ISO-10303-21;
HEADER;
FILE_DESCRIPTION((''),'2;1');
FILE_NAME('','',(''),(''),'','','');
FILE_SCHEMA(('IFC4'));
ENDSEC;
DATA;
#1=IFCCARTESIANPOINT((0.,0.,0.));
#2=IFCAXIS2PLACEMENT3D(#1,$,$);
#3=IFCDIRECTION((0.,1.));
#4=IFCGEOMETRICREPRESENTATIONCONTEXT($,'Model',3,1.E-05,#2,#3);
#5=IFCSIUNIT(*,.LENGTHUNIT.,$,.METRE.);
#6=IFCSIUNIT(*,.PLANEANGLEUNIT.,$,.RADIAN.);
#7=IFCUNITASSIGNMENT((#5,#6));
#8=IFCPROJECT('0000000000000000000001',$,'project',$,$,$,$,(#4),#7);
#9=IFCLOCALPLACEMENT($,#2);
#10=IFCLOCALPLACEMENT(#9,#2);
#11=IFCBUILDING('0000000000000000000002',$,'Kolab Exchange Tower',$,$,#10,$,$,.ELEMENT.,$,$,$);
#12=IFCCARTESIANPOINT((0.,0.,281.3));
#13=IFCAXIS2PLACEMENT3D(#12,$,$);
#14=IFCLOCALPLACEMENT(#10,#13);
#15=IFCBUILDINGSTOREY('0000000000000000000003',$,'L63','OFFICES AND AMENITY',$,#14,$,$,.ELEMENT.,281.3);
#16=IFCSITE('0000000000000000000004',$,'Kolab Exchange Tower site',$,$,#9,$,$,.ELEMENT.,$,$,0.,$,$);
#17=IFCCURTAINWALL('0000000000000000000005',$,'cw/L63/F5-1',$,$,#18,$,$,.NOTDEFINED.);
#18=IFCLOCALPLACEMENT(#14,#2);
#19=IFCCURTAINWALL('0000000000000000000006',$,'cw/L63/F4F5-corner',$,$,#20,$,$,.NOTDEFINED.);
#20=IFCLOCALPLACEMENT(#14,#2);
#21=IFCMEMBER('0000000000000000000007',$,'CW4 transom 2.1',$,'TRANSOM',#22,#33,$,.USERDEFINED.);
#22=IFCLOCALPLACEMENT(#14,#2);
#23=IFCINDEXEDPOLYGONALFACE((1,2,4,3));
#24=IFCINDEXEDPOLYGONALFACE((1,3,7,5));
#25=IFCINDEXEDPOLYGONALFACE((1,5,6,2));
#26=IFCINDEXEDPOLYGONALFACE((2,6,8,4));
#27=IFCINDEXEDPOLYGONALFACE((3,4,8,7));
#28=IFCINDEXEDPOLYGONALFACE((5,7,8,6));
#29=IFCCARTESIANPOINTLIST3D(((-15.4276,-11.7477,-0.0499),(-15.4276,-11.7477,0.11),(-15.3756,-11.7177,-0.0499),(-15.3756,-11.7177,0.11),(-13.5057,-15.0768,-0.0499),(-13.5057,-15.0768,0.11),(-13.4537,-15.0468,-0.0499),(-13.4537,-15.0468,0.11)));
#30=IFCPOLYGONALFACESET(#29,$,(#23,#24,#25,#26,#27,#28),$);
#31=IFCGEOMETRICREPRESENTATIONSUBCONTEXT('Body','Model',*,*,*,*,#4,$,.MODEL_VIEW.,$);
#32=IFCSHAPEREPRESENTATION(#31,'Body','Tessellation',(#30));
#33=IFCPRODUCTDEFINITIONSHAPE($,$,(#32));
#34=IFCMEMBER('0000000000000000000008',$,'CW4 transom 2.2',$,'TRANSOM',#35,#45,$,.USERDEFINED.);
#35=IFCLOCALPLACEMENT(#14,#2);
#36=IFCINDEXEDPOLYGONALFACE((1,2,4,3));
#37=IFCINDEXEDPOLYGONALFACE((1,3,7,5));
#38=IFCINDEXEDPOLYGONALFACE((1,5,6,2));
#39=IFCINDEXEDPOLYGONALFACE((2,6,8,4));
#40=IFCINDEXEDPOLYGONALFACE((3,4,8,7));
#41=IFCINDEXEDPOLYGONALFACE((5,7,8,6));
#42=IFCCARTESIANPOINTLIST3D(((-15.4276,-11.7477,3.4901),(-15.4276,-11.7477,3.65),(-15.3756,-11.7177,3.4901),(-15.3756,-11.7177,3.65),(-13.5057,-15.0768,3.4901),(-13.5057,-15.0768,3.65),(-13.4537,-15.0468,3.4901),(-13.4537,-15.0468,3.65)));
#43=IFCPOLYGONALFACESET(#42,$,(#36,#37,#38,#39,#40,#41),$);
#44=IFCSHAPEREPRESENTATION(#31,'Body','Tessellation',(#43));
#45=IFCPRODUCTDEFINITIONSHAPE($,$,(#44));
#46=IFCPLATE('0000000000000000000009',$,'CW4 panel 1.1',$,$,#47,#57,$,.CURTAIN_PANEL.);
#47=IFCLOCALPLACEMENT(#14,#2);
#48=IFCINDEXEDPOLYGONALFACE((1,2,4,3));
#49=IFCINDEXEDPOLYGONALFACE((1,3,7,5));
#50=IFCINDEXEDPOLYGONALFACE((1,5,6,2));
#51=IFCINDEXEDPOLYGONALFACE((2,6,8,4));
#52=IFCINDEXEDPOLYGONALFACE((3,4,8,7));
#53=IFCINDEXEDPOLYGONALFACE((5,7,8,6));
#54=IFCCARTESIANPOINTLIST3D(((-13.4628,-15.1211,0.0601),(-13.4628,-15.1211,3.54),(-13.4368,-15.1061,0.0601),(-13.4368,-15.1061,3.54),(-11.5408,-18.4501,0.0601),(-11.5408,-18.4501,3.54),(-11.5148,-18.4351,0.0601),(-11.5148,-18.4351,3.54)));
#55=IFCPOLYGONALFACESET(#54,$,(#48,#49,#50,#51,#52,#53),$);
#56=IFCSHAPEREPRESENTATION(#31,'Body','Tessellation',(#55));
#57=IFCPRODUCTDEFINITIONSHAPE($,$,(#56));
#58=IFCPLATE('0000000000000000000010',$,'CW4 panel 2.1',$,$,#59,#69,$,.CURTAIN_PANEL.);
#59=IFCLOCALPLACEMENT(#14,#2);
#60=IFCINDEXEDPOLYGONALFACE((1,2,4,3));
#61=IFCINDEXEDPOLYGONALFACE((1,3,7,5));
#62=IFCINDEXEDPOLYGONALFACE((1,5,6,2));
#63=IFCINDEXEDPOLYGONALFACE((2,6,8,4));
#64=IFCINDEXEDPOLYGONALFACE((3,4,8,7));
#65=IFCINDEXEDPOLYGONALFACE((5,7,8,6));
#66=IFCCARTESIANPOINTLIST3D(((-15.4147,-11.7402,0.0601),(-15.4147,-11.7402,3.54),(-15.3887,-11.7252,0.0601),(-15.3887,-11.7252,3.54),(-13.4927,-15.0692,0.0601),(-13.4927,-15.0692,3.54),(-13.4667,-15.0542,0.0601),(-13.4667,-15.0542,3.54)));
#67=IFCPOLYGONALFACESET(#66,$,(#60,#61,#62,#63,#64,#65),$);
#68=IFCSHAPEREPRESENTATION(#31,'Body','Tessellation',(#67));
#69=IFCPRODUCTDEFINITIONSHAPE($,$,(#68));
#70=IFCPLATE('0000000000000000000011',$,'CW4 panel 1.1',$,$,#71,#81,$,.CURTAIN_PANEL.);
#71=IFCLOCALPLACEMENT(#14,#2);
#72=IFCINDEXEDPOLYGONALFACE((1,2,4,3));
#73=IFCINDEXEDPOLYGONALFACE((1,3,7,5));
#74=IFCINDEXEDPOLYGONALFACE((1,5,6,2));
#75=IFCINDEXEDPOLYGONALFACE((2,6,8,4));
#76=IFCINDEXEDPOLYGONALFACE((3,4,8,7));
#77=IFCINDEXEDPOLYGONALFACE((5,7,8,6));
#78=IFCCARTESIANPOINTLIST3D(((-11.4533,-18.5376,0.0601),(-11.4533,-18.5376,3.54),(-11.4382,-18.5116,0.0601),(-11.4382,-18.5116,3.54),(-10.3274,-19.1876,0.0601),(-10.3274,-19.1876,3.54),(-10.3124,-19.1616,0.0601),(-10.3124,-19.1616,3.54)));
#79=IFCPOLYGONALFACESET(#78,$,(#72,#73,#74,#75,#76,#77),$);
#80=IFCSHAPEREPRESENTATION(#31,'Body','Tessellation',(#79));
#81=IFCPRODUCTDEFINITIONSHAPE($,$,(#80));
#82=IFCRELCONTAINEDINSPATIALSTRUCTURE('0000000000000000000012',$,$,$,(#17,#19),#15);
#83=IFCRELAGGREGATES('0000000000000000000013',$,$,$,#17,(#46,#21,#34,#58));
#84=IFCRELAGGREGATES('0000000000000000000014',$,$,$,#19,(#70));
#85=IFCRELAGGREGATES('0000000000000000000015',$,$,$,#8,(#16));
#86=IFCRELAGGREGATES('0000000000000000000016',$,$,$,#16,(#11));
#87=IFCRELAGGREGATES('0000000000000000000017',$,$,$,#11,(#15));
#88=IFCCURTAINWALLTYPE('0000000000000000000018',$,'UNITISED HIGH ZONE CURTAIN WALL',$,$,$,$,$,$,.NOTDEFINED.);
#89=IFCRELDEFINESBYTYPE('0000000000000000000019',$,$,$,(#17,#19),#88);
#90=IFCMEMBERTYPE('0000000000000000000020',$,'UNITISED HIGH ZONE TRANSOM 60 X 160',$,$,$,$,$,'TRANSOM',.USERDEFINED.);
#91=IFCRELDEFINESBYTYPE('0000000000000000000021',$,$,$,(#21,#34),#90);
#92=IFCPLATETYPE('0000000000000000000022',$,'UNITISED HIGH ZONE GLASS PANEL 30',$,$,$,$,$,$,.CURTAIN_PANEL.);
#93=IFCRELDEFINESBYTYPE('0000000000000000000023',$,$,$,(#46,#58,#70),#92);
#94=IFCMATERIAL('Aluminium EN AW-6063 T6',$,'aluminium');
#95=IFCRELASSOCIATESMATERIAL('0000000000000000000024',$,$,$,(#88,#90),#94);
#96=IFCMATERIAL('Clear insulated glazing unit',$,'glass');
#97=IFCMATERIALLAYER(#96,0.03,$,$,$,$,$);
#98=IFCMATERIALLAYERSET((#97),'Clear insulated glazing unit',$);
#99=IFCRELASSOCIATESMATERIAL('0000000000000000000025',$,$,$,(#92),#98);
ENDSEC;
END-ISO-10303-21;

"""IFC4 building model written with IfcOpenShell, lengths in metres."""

from ifc_helpers import new_model, si_unit, direction, frame, origin, origin_2d, place, context, subcontext, project, spatial, rectangle, extrude, material, layer, layer_set, material_profile, profile_set, type_object, element, aggregate, save


model = new_model("IFC4")

# Units and contexts
model_context = context("Model", 3, precision=1e-05, world=origin(), true_north=direction((0.0, 1.0)))
body_context = subcontext(model_context, "Body", "Model", "MODEL_VIEW")
ifc_project = project(units=[si_unit("LENGTHUNIT", "METRE"), si_unit("PLANEANGLEUNIT", "RADIAN")], contexts=[model_context])

# Site, building, storey
site_placement = place(None, origin())
site = spatial("IfcSite", under=ifc_project, at=site_placement, Name="Kolab Exchange Tower site", CompositionType="ELEMENT", RefElevation=0.0)
building_placement = place(site_placement, origin())
building = spatial("IfcBuilding", under=site, at=building_placement, Name="Kolab Exchange Tower", CompositionType="ELEMENT")
storey_placement = place(building_placement, frame((0.0, 0.0, 281.3)))
storey = spatial("IfcBuildingStorey", under=building, at=storey_placement, Name="L63", Description="OFFICES AND AMENITY", CompositionType="ELEMENT", Elevation=281.3)

# Curtain wall
ifc_material_1 = material(Name="Aluminium EN AW-6063 T6", Category="aluminium")
curtain_wall_type = type_object("IfcCurtainWallType", Name="UNITISED HIGH ZONE CURTAIN WALL", PredefinedType="NOTDEFINED", material=ifc_material_1)
curtain_wall_1_placement = place(storey_placement, origin())
curtain_wall_1 = element("IfcCurtainWall", 1, at=curtain_wall_1_placement, inside=storey, type_object=curtain_wall_type, Name="cw/L63/F5-1", PredefinedType="NOTDEFINED")

# Curtain wall
curtain_wall_2_placement = place(storey_placement, origin())
curtain_wall_2 = element("IfcCurtainWall", 2, at=curtain_wall_2_placement, inside=storey, type_object=curtain_wall_type, Name="cw/L63/F4F5-corner", PredefinedType="NOTDEFINED")

# Members
ifc_material_profile_1 = material_profile(ifc_material_1, rectangle(XDim=0.0601, YDim=0.1599, at=origin_2d()), Name="RECT 60X160")
ifc_profile_set_1 = profile_set([ifc_material_profile_1], Name="Aluminium EN AW-6063 T6")
member_type_1 = type_object("IfcMemberType", Name="UNITISED HIGH ZONE TRANSOM 60 X 160", ElementType="TRANSOM", PredefinedType="USERDEFINED", material=ifc_profile_set_1)
member_1_placement = place(storey_placement, frame((-13.4797, -15.0618, 0.03), z_axis=(-0.499964, 0.866046, 0.0), x_axis=(-0.866046, -0.499964, 0.0)))
member_1 = element("IfcMember", 3, at=member_1_placement, type_object=member_type_1, Name="CW4 transom 2.1", ObjectType="TRANSOM", PredefinedType="USERDEFINED", context=body_context, shape_type="SweptSolid", body=[
    extrude(rectangle(XDim=0.0601, YDim=0.1599, at=origin_2d()), origin(), (0.0, 0.0, 1.0), 3.844),
])
member_2_placement = place(storey_placement, frame((-13.4797, -15.0618, 3.5701), z_axis=(-0.499964, 0.866046, 0.0), x_axis=(-0.866046, -0.499964, 0.0)))
member_2 = element("IfcMember", 4, at=member_2_placement, type_object=member_type_1, Name="CW4 transom 2.2", ObjectType="TRANSOM", PredefinedType="USERDEFINED", context=body_context, shape_type="SweptSolid", body=[
    extrude(rectangle(XDim=0.0601, YDim=0.1599, at=origin_2d()), origin(), (0.0, 0.0, 1.0), 3.844),
])

# Plates
ifc_material_2 = material(Name="Clear insulated glazing unit", Category="glass")
ifc_layer_1 = layer(ifc_material_2, 0.03)
ifc_layer_set_1 = layer_set([ifc_layer_1], Name="Clear insulated glazing unit")
plate_type = type_object("IfcPlateType", Name="UNITISED HIGH ZONE GLASS PANEL 30", PredefinedType="CURTAIN_PANEL", material=ifc_layer_set_1)
plate_1_placement = place(storey_placement, frame((-12.4888, -16.7781, 0.0601), z_axis=(0.0, 0.0, 1.0), x_axis=(-0.5, 0.866025, 0.0)))
plate_1 = element("IfcPlate", 5, at=plate_1_placement, type_object=plate_type, Name="CW4 panel 1.1", PredefinedType="CURTAIN_PANEL", context=body_context, shape_type="SweptSolid", body=[
    extrude(rectangle(XDim=3.844, YDim=0.03, at=origin_2d()), origin(), (0.0, 0.0, 1.0), 3.48),
])
plate_2_placement = place(storey_placement, frame((-14.4407, -13.3972, 0.0601), z_axis=(0.0, 0.0, 1.0), x_axis=(-0.5, 0.866025, 0.0)))
plate_2 = element("IfcPlate", 6, at=plate_2_placement, type_object=plate_type, Name="CW4 panel 2.1", PredefinedType="CURTAIN_PANEL", context=body_context, shape_type="SweptSolid", body=[
    extrude(rectangle(XDim=3.844, YDim=0.03, at=origin_2d()), origin(), (0.0, 0.0, 1.0), 3.48),
])
aggregate(curtain_wall_1, [plate_1, member_1, member_2, plate_2])
plate_3_placement = place(storey_placement, frame((-10.8828, -18.8496, 0.0601), z_axis=(0.0, 0.0, 1.0), x_axis=(-0.866025, 0.5, 0.0)))
plate_3 = element("IfcPlate", 7, at=plate_3_placement, type_object=plate_type, Name="CW4 panel 1.1", PredefinedType="CURTAIN_PANEL", context=body_context, shape_type="SweptSolid", body=[
    extrude(rectangle(XDim=1.3, YDim=0.03, at=origin_2d()), origin(), (0.0, 0.0, 1.0), 3.48),
])
aggregate(curtain_wall_2, [plate_3])

save(model, "model.ifc")
